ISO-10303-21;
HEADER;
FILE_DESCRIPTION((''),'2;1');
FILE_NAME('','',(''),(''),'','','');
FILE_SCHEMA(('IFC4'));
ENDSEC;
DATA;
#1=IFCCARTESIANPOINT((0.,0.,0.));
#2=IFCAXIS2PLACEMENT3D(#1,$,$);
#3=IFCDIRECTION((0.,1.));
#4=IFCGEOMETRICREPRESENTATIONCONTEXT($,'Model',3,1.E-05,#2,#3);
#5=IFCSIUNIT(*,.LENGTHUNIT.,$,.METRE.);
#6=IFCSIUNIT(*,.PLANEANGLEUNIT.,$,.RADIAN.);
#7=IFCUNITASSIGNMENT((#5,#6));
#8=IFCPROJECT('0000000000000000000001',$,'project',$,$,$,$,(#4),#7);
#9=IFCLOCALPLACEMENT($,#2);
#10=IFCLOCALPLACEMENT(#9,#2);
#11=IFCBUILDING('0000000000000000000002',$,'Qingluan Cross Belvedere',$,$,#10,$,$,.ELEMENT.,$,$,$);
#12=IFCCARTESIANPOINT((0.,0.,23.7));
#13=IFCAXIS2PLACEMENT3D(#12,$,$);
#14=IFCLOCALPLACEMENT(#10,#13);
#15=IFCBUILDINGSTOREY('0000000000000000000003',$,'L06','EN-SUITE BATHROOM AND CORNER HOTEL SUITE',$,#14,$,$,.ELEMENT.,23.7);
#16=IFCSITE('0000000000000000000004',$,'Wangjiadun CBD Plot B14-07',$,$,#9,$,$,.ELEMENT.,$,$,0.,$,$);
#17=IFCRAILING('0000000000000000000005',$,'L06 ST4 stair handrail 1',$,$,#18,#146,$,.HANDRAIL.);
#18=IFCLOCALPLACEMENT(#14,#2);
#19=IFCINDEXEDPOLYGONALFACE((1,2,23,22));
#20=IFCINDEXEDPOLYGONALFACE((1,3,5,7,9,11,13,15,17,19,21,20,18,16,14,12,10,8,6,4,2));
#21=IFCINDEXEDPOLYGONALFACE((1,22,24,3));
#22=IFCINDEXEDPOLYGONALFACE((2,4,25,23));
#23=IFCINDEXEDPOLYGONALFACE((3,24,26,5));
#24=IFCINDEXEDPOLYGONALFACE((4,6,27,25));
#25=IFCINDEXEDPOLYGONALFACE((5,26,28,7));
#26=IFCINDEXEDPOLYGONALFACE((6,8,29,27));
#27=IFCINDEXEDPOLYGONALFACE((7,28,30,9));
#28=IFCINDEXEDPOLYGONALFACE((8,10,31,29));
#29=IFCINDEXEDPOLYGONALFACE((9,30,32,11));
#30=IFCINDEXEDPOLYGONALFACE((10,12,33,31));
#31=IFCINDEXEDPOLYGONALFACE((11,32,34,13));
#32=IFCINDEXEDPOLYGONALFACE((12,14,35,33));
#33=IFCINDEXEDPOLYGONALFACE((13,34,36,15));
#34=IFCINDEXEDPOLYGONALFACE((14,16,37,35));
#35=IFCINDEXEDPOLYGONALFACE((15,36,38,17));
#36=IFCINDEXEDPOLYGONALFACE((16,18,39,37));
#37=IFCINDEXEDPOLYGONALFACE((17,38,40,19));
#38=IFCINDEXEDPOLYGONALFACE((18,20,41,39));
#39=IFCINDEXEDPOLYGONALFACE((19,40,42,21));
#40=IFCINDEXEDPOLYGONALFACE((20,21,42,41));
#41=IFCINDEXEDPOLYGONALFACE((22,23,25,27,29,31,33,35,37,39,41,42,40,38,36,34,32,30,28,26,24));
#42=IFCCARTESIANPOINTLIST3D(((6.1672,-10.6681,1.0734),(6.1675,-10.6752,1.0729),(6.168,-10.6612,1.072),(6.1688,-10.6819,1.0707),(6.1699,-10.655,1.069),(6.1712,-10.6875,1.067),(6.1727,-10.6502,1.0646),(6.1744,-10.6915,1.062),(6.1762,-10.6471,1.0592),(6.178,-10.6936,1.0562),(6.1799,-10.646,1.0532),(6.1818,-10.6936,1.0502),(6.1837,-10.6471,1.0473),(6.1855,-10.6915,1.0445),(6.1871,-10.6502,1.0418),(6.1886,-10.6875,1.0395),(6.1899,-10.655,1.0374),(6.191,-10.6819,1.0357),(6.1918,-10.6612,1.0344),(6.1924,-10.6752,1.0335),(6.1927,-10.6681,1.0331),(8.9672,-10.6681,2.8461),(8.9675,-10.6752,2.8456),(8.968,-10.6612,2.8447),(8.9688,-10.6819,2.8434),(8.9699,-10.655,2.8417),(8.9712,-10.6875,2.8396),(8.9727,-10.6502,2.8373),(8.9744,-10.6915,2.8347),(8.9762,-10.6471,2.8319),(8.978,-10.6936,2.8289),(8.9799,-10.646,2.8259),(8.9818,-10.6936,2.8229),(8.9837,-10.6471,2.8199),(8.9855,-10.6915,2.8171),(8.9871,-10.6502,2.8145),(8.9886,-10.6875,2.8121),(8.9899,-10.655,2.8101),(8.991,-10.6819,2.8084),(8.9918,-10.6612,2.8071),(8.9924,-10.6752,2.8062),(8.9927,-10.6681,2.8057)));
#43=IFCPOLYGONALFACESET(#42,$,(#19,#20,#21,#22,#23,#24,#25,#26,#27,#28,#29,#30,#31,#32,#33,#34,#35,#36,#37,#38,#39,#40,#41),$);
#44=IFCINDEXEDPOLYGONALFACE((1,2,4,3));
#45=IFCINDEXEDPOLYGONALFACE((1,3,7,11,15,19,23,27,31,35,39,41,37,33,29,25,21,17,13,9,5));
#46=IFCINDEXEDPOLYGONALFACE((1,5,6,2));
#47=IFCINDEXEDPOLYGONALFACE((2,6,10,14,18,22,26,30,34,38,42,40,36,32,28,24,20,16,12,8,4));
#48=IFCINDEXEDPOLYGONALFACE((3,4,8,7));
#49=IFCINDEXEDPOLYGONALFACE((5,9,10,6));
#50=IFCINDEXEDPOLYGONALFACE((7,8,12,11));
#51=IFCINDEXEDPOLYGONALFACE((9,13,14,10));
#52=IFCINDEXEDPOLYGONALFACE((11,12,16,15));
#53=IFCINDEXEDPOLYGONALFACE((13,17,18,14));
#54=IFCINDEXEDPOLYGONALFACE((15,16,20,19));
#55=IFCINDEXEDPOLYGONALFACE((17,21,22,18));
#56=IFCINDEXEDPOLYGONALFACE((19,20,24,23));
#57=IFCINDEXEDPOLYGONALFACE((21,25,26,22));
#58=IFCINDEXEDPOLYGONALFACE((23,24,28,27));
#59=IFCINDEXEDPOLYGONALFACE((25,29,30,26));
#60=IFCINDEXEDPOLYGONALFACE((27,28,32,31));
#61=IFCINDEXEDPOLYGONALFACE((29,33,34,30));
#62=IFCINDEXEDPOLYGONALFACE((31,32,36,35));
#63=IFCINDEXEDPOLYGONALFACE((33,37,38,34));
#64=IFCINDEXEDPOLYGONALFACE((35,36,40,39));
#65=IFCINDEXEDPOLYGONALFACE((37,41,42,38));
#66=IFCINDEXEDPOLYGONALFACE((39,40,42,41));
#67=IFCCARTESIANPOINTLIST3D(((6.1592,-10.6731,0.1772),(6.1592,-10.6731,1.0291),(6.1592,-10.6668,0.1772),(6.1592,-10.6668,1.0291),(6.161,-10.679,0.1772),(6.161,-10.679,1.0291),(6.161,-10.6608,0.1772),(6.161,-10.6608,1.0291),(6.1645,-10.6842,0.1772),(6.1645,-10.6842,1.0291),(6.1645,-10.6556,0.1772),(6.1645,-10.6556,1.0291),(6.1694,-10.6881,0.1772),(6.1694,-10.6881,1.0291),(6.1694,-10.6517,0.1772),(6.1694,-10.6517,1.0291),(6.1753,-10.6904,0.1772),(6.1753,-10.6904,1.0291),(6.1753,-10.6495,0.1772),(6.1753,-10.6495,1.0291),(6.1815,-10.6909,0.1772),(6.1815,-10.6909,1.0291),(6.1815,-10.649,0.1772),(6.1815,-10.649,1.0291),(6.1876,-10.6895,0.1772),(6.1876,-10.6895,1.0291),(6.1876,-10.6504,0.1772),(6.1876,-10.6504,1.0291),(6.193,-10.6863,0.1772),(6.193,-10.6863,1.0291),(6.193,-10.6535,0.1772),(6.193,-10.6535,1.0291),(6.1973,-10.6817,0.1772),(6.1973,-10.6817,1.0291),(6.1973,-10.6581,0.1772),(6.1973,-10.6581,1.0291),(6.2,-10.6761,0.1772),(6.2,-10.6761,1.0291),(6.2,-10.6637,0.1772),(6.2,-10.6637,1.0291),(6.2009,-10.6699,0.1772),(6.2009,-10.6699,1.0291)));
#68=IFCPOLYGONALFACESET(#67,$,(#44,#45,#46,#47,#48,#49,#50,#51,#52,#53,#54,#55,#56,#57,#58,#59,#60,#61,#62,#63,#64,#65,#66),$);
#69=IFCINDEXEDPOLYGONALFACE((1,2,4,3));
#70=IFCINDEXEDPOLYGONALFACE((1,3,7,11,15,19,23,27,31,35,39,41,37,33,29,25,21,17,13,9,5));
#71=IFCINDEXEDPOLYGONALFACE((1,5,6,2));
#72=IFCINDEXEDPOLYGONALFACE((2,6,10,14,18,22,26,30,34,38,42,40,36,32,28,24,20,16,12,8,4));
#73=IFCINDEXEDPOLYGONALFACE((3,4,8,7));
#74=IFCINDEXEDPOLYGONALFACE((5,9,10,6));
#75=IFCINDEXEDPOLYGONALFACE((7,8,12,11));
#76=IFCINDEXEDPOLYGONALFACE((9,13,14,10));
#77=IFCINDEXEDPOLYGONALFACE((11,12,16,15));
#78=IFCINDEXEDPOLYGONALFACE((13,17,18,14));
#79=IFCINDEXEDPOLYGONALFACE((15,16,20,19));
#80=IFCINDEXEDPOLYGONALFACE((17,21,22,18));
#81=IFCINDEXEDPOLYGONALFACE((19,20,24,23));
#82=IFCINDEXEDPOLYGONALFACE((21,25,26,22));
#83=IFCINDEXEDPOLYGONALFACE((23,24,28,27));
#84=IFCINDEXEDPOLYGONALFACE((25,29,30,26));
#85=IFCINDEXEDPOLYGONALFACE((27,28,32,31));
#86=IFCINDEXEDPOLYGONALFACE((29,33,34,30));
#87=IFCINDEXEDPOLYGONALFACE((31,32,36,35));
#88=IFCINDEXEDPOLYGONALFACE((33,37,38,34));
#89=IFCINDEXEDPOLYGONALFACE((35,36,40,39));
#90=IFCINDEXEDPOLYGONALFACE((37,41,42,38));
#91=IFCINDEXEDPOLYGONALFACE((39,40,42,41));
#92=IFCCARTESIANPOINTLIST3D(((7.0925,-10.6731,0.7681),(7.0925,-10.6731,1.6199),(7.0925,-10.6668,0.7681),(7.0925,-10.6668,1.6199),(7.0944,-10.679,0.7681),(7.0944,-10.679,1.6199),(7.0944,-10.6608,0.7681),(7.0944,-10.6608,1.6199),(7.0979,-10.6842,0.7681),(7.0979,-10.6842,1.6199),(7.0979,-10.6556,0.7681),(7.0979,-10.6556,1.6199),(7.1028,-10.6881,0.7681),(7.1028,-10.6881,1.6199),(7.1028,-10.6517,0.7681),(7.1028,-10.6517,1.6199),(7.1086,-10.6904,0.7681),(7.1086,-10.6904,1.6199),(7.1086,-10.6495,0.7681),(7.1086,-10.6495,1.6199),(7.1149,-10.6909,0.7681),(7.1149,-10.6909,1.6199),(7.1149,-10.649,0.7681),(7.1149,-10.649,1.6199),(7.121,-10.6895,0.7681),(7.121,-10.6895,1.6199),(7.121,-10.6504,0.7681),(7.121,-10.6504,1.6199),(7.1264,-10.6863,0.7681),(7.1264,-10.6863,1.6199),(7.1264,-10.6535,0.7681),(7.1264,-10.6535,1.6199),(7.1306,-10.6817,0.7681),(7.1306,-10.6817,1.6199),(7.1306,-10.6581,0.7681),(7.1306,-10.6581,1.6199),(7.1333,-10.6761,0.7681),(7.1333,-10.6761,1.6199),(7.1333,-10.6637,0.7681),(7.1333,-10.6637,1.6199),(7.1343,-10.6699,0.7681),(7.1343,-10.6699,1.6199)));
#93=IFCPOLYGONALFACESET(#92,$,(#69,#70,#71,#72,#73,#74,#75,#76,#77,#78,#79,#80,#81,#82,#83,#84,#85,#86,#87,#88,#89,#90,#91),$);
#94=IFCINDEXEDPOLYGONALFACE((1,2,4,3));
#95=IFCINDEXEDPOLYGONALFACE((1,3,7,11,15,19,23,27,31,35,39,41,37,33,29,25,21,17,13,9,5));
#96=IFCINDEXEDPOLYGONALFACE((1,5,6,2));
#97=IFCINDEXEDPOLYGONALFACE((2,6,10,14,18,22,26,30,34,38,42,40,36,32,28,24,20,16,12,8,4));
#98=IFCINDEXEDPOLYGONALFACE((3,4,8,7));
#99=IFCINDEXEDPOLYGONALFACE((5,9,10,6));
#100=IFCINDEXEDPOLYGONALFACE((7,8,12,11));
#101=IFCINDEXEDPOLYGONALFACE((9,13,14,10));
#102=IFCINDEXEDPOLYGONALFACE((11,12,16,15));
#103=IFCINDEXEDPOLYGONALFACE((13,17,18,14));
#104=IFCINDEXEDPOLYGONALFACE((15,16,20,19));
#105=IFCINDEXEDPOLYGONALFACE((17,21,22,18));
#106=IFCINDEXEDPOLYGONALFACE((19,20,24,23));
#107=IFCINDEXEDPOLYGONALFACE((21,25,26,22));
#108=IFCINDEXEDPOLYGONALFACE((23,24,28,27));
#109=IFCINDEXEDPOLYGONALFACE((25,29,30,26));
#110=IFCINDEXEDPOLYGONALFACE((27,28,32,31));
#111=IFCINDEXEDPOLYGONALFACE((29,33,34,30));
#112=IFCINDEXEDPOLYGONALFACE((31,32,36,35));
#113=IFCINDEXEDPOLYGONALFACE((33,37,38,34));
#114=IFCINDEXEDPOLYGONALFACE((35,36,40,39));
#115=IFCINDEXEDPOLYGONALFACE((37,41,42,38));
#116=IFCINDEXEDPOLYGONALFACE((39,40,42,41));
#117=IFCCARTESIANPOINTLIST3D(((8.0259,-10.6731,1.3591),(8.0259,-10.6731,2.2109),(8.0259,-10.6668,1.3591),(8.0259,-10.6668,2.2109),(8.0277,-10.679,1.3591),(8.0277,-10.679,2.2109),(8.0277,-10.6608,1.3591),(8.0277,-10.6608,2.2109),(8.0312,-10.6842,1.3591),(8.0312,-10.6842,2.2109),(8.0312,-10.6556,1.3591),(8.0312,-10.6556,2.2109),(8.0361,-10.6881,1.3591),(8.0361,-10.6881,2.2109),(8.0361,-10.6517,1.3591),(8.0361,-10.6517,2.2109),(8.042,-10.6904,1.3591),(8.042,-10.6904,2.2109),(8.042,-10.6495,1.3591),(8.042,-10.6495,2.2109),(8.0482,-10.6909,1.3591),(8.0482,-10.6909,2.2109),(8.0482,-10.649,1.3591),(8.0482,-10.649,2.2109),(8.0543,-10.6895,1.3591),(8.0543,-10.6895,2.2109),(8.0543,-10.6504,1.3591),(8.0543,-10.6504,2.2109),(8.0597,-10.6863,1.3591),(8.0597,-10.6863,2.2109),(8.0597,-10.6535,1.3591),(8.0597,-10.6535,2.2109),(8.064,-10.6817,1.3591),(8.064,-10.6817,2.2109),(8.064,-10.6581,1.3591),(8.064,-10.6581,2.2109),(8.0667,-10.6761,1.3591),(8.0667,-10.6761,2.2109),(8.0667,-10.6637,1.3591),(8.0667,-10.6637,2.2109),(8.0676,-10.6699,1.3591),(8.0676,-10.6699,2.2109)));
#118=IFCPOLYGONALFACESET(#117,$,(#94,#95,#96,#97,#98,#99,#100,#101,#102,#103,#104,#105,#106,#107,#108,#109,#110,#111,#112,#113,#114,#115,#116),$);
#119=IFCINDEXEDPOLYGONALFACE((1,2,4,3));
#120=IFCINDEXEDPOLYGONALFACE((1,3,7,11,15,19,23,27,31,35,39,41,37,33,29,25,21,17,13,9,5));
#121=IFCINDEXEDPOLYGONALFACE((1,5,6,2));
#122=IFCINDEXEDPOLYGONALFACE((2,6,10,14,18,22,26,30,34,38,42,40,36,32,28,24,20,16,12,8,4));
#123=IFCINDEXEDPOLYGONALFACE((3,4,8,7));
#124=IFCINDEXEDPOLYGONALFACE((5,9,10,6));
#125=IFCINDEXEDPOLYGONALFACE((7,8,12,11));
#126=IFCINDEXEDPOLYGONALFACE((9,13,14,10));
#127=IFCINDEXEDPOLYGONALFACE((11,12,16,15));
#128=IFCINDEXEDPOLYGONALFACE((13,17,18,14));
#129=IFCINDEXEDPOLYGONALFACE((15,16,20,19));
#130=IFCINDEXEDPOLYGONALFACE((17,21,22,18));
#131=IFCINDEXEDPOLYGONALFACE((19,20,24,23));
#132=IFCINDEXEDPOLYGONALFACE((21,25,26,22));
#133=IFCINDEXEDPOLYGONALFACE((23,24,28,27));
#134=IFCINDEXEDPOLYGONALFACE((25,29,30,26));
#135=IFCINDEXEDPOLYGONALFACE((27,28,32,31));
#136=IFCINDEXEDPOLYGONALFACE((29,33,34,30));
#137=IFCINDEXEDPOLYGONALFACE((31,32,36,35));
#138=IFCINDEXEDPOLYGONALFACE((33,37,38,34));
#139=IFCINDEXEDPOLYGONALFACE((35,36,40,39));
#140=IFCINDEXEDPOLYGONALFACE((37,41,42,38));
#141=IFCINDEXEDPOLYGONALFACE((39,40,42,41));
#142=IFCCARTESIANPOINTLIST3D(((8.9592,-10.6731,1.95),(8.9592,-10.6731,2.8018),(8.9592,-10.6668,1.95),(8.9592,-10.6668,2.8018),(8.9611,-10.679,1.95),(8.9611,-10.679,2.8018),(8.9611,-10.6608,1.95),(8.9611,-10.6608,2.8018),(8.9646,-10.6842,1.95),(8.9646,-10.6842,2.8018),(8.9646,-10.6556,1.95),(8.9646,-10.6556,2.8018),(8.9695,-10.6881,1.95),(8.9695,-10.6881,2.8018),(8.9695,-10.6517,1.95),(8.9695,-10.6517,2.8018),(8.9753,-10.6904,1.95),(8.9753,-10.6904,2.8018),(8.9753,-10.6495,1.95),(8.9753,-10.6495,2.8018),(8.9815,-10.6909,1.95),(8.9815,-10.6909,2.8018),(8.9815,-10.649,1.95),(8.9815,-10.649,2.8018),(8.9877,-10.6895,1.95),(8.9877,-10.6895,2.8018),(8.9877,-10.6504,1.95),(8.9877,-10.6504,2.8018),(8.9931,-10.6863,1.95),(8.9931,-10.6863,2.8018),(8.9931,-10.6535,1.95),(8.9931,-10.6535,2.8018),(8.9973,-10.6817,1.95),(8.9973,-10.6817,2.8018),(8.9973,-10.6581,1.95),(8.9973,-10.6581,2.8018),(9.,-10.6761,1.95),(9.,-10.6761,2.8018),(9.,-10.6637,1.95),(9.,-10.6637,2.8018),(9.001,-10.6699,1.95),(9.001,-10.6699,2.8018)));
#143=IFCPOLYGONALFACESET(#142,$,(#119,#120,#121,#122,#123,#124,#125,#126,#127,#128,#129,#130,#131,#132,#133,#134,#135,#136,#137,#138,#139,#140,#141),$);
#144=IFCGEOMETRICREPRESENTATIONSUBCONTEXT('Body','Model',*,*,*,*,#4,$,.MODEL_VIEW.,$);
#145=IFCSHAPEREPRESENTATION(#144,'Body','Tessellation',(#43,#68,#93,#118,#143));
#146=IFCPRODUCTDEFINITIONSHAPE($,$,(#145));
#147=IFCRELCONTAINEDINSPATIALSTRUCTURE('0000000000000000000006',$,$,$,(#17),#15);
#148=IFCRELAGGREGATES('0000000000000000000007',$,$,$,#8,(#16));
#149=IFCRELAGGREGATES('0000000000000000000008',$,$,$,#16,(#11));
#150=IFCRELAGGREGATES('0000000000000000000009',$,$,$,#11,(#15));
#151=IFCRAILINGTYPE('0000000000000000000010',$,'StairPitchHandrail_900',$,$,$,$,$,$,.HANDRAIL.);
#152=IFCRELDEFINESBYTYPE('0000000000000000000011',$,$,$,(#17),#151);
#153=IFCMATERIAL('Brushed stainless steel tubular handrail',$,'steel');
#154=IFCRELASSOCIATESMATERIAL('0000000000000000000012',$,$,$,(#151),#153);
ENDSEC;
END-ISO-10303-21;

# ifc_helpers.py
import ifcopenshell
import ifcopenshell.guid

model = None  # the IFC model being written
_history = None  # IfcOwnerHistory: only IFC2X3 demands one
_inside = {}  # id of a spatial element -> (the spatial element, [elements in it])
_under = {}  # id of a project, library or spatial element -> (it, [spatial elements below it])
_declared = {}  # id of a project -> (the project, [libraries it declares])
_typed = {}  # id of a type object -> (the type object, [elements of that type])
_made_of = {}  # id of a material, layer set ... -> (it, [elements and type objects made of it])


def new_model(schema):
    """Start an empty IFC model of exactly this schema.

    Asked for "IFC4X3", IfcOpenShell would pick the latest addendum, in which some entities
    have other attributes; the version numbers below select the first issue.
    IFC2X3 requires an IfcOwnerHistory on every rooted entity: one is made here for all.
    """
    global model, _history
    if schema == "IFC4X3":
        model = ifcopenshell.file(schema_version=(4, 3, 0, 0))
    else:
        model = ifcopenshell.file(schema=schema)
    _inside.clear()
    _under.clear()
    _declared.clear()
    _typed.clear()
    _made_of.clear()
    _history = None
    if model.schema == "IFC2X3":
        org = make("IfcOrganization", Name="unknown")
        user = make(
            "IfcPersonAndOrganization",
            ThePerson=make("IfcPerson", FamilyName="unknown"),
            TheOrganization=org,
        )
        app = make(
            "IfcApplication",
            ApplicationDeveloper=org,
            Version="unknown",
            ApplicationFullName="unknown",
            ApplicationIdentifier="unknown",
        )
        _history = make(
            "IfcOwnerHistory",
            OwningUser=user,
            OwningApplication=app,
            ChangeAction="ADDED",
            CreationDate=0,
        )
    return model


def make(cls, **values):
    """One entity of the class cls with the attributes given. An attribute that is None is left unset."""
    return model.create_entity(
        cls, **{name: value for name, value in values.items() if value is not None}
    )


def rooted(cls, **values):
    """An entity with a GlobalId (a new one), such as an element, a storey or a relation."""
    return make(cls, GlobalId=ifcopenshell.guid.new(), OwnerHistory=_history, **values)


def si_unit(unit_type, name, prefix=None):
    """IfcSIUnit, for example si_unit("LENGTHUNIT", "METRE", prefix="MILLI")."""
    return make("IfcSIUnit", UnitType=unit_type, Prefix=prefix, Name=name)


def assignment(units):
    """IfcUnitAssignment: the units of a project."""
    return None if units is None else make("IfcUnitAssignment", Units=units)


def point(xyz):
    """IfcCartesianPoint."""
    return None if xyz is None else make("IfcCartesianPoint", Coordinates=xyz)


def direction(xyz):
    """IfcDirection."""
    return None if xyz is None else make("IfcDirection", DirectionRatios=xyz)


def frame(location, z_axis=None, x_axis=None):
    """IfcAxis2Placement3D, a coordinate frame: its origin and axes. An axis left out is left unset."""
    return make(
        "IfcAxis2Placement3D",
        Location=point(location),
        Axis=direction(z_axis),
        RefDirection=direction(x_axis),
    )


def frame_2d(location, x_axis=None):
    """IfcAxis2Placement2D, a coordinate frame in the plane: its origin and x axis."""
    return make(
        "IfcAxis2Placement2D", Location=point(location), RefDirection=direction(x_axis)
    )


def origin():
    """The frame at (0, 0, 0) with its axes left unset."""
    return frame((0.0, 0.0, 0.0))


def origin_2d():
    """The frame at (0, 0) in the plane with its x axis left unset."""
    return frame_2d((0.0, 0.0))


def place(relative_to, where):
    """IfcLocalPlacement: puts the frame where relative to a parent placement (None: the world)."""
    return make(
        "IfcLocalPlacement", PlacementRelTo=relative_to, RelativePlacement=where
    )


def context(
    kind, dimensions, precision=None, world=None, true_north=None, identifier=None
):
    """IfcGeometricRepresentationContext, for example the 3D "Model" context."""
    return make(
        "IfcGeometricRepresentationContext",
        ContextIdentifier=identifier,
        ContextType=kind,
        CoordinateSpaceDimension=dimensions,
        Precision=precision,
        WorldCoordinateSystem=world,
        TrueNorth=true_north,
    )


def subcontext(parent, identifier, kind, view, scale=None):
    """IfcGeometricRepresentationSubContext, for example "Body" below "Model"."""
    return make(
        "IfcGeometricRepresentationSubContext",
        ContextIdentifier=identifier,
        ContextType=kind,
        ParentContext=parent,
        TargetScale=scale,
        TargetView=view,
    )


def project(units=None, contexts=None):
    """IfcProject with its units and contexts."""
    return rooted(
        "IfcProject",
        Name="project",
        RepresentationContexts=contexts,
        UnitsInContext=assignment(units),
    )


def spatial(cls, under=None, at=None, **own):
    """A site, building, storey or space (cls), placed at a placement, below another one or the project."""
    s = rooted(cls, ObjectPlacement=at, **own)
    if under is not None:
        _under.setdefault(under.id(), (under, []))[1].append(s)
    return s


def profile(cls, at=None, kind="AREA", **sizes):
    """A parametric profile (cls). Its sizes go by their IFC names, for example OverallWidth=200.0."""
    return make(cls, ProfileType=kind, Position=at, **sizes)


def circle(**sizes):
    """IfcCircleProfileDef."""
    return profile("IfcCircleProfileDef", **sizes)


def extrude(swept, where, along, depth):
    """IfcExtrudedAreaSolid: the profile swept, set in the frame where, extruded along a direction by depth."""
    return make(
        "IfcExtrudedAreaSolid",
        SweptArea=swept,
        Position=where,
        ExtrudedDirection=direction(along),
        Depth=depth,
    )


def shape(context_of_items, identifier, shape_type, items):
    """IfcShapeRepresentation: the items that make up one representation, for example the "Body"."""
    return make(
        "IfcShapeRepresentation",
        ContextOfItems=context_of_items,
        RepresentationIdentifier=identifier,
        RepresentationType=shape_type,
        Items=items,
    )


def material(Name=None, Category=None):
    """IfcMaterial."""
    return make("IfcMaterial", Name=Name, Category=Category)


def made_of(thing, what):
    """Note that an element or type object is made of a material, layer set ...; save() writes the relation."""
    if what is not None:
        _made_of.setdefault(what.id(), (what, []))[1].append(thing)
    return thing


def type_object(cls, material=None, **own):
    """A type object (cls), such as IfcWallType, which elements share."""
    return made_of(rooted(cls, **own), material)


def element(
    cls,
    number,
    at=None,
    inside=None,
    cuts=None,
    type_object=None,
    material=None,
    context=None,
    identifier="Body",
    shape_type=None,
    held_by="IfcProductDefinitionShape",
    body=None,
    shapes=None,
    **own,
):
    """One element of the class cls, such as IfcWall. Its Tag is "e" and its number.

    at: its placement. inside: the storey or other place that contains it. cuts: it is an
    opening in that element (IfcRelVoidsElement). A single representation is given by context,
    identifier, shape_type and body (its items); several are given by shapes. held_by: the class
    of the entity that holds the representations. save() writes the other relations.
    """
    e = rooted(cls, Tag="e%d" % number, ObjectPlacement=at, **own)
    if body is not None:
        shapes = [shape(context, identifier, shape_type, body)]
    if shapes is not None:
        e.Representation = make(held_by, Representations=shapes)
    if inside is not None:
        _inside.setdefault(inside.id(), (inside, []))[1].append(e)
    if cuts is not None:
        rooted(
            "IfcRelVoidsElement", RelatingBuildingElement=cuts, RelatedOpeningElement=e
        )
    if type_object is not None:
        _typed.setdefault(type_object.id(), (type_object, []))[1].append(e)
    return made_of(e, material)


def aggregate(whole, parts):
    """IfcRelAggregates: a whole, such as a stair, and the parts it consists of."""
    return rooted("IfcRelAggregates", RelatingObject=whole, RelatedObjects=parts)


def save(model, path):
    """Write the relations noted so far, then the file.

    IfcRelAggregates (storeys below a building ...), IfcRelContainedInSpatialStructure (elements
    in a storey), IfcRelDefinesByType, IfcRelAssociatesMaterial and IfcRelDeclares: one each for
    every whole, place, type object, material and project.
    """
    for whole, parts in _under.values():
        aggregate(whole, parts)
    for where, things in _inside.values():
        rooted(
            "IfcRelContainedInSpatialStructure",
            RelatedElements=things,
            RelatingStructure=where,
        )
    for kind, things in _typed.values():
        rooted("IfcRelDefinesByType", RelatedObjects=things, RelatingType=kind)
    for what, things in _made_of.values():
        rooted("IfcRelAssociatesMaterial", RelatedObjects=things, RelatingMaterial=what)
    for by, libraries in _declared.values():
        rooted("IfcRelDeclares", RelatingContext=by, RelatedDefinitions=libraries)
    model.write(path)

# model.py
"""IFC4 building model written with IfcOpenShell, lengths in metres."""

from ifc_helpers import new_model, si_unit, direction, frame, origin, origin_2d, place, context, subcontext, project, spatial, circle, extrude, material, type_object, element, save


model = new_model("IFC4")

# Units and contexts
model_context = context("Model", 3, precision=1e-05, world=origin(), true_north=direction((0.0, 1.0)))
body_context = subcontext(model_context, "Body", "Model", "MODEL_VIEW")
ifc_project = project(units=[si_unit("LENGTHUNIT", "METRE"), si_unit("PLANEANGLEUNIT", "RADIAN")], contexts=[model_context])

# Site, building, storey
site_placement = place(None, origin())
site = spatial("IfcSite", under=ifc_project, at=site_placement, Name="Wangjiadun CBD Plot B14-07", CompositionType="ELEMENT", RefElevation=0.0)
building_placement = place(site_placement, origin())
building = spatial("IfcBuilding", under=site, at=building_placement, Name="Qingluan Cross Belvedere", CompositionType="ELEMENT")
storey_placement = place(building_placement, frame((0.0, 0.0, 23.7)))
storey = spatial("IfcBuildingStorey", under=building, at=storey_placement, Name="L06", Description="EN-SUITE BATHROOM AND CORNER HOTEL SUITE", CompositionType="ELEMENT", Elevation=23.7)

# Railing
ifc_material_1 = material(Name="Brushed stainless steel tubular handrail", Category="steel")
railing_type_1 = type_object("IfcRailingType", Name="StairPitchHandrail_900", PredefinedType="HANDRAIL", material=ifc_material_1)
for number, where, name in (
    (1, (6.1799, -10.6699, 0.1772), "L06 ST4 stair handrail 1"),
):
    element("IfcRailing", number, at=place(storey_placement, frame(where)), inside=storey, type_object=railing_type_1, Name=name, PredefinedType="HANDRAIL", context=body_context, shape_type="SweptSolid", body=[
        extrude(circle(Radius=0.0239, at=origin_2d()), frame((0.0, 0.0, 0.876), z_axis=(0.844909, 0.0, 0.53491), x_axis=(0.0, 1.0, 0.0)), (0.0, 0.0, 1.0), 3.314),
        extrude(circle(Radius=0.021, at=origin_2d()), origin(), (0.0, 0.0, 1.0), 0.8518),
        extrude(circle(Radius=0.021, at=origin_2d()), frame((0.9333, 0.0, 0.5908)), (0.0, 0.0, 1.0), 0.8518),
        extrude(circle(Radius=0.021, at=origin_2d()), frame((1.8667, 0.0, 1.1819)), (0.0, 0.0, 1.0), 0.8518),
        extrude(circle(Radius=0.021, at=origin_2d()), frame((2.8, 0.0, 1.7727)), (0.0, 0.0, 1.0), 0.8518),
    ])

save(model, "model.ifc")
